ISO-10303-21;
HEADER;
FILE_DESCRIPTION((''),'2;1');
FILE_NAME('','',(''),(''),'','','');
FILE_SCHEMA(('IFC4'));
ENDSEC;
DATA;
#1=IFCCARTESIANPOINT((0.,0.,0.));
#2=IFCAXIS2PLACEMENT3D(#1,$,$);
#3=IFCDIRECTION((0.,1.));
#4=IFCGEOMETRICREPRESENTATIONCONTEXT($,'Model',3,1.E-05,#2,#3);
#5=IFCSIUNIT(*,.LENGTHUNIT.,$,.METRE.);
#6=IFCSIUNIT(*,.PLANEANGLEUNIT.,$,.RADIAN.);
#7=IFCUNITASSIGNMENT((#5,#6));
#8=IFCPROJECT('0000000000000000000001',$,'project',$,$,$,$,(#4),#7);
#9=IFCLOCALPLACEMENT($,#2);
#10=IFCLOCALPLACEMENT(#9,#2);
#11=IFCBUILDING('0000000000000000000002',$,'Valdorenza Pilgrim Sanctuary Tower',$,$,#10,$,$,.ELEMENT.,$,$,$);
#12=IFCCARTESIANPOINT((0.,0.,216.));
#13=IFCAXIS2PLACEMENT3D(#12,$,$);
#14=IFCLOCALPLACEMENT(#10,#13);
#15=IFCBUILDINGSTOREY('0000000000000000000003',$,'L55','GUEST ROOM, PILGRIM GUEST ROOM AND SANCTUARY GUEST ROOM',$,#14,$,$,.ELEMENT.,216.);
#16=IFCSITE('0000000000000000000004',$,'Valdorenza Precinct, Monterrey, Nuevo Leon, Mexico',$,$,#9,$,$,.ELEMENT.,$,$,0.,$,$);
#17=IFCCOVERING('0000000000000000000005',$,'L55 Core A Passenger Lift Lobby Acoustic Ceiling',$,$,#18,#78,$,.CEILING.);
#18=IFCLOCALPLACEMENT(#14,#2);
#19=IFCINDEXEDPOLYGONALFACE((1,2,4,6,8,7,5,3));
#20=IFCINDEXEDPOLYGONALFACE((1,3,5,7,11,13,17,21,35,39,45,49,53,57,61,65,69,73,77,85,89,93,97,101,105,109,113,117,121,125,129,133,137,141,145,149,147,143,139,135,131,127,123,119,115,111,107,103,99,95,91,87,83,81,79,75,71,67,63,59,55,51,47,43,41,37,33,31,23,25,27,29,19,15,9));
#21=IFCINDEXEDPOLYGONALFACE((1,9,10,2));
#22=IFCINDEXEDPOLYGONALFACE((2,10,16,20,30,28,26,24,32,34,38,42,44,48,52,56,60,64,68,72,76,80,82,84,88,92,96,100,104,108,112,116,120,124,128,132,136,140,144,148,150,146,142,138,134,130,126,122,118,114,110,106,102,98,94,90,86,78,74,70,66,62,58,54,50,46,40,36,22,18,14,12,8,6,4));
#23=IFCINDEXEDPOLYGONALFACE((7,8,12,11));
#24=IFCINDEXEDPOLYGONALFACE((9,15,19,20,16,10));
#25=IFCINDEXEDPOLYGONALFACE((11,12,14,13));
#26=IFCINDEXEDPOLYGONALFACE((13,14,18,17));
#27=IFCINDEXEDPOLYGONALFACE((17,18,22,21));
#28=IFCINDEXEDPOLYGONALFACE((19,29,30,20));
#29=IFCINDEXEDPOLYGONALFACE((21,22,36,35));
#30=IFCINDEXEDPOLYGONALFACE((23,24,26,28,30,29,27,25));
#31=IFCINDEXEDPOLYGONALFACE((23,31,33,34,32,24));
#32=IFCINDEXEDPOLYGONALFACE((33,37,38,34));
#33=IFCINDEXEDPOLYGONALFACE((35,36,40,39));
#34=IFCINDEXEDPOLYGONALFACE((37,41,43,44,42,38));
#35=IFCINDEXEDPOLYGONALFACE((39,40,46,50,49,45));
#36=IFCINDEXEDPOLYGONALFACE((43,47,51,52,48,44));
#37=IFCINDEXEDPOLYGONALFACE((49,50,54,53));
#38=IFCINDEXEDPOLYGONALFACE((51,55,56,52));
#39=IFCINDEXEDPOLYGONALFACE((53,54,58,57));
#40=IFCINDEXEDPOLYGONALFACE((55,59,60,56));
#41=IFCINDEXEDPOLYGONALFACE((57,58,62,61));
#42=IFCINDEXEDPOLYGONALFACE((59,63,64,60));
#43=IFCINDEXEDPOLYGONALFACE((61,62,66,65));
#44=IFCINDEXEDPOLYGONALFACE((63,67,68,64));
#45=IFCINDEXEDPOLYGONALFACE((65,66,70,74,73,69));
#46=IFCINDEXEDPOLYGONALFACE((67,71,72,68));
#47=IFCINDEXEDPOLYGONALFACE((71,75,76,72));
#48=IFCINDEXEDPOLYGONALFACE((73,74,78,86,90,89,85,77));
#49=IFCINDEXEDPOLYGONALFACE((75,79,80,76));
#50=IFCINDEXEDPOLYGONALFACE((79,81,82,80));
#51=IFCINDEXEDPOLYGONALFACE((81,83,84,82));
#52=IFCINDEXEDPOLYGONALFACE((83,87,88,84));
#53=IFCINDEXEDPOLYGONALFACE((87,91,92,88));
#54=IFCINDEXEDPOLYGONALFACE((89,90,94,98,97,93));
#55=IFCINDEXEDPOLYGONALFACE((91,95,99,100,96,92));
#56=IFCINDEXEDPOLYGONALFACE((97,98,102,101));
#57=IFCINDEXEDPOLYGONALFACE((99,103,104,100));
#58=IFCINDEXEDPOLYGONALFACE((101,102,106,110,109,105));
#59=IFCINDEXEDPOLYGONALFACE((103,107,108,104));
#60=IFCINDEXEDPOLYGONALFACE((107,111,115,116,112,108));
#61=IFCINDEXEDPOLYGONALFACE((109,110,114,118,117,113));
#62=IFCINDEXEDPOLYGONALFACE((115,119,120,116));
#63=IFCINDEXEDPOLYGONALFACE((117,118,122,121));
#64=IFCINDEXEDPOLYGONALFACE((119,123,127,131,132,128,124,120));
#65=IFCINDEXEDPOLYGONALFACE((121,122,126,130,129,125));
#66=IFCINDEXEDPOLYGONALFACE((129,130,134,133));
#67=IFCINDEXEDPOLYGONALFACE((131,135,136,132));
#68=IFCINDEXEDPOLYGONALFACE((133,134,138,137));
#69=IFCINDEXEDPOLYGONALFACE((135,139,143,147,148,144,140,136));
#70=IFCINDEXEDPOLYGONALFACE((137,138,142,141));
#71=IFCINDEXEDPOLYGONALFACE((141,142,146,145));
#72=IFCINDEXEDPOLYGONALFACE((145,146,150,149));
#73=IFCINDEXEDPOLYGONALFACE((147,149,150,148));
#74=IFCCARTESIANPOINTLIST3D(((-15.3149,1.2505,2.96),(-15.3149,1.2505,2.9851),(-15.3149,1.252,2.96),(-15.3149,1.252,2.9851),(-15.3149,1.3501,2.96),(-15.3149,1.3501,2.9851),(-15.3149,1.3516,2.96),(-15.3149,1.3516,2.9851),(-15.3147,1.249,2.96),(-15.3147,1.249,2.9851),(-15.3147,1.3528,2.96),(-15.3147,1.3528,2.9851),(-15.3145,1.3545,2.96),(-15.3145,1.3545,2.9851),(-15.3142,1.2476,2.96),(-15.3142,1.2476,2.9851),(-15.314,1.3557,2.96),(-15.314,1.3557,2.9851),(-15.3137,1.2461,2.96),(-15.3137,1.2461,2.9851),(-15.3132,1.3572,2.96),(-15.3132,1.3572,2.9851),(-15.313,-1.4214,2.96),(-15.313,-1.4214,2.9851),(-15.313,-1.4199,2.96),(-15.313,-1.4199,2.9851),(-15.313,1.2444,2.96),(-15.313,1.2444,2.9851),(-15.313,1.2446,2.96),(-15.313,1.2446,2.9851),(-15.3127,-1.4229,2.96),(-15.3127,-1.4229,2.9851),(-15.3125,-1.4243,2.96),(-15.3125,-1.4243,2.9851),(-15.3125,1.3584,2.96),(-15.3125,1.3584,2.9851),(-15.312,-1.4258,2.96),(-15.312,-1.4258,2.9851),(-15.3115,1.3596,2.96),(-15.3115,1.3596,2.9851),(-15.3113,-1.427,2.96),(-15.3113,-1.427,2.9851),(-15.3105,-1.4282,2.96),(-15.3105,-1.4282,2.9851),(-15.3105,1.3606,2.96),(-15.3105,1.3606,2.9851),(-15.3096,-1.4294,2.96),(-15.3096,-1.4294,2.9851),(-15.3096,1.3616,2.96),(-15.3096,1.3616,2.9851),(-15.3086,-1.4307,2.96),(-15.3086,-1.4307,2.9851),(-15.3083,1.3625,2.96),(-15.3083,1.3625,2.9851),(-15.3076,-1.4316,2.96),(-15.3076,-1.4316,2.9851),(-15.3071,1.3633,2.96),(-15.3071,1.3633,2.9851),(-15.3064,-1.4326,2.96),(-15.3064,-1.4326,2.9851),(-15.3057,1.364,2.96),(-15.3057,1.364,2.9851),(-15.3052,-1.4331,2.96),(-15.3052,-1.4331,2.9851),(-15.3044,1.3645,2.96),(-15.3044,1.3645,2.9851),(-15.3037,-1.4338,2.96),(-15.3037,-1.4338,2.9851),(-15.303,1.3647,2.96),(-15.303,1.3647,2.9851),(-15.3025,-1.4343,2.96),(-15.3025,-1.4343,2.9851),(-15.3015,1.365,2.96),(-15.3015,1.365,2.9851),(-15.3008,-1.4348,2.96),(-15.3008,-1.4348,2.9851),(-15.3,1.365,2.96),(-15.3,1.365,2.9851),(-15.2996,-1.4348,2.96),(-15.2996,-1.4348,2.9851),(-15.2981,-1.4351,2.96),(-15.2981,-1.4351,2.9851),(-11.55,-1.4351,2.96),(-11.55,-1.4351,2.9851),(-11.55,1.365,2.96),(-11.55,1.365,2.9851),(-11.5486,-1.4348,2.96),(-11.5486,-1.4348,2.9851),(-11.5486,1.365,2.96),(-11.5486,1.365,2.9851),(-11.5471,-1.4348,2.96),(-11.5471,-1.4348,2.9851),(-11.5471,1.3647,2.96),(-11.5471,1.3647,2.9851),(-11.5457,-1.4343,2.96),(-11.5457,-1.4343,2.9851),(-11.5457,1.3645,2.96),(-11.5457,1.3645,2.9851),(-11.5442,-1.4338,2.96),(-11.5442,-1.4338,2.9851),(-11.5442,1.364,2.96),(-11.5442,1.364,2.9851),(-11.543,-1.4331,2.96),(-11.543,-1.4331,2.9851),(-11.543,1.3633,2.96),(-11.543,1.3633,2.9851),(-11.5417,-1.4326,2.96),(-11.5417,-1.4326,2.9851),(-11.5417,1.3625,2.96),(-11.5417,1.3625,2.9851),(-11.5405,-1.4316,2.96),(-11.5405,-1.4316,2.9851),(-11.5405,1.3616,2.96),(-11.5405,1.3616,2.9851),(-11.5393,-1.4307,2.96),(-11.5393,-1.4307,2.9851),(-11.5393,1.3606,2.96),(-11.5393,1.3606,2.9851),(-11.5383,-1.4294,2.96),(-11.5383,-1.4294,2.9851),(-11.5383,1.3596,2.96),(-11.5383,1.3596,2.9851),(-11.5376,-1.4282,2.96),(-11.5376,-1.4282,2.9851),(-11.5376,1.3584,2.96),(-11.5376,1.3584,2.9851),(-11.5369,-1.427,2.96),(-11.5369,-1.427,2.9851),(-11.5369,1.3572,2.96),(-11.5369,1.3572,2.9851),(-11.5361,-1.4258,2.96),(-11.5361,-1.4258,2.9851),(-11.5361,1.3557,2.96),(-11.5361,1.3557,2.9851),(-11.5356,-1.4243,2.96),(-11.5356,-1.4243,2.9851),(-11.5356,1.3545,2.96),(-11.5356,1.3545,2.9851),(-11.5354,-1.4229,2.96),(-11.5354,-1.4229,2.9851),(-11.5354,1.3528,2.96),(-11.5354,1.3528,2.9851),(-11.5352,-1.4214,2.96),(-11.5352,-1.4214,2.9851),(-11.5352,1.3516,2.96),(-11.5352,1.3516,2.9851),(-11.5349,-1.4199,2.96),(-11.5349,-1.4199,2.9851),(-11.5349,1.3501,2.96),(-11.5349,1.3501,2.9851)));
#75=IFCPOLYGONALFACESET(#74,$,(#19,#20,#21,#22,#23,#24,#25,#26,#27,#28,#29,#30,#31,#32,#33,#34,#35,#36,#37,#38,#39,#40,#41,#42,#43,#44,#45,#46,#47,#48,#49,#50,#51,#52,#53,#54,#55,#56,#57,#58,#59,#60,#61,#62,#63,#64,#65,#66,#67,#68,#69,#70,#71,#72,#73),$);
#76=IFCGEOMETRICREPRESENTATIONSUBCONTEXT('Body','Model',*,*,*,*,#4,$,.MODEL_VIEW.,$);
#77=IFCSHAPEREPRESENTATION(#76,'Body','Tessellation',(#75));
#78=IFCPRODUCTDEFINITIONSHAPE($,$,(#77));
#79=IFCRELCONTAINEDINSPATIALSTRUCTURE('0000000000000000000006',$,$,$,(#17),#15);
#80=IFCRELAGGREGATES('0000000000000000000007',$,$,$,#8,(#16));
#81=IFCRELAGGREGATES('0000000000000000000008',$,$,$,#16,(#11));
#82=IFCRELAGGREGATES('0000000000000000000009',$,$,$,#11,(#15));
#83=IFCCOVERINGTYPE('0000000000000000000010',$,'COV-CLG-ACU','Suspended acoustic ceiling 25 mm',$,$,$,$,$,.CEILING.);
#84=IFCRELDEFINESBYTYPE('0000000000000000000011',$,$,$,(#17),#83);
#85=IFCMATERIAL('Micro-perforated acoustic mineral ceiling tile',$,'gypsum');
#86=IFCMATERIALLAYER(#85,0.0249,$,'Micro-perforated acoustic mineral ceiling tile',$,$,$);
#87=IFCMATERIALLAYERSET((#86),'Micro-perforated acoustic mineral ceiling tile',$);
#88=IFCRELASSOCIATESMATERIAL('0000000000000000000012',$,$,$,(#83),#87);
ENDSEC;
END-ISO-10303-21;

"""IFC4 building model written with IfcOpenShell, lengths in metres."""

from ifc_helpers import new_model, si_unit, direction, frame, origin, place, context, subcontext, project, spatial, polyline, outline, extrude, material, layer, layer_set, type_object, element, save


model = new_model("IFC4")

# Units and contexts
model_context = context("Model", 3, precision=1e-05, world=origin(), true_north=direction((0.0, 1.0)))
body_context = subcontext(model_context, "Body", "Model", "MODEL_VIEW")
ifc_project = project(units=[si_unit("LENGTHUNIT", "METRE"), si_unit("PLANEANGLEUNIT", "RADIAN")], contexts=[model_context])

# Site, building, storey
site_placement = place(None, origin())
site = spatial("IfcSite", under=ifc_project, at=site_placement, Name="Valdorenza Precinct, Monterrey, Nuevo Leon, Mexico", CompositionType="ELEMENT", RefElevation=0.0)
building_placement = place(site_placement, origin())
building = spatial("IfcBuilding", under=site, at=building_placement, Name="Valdorenza Pilgrim Sanctuary Tower", CompositionType="ELEMENT")
storey_placement = place(building_placement, frame((0.0, 0.0, 216.0)))
storey = spatial("IfcBuildingStorey", under=building, at=storey_placement, Name="L55", Description="GUEST ROOM, PILGRIM GUEST ROOM AND SANCTUARY GUEST ROOM", CompositionType="ELEMENT", Elevation=216.0)

# Covering
ifc_material_1 = material(Name="Micro-perforated acoustic mineral ceiling tile", Category="gypsum")
ifc_layer_1 = layer(ifc_material_1, 0.0249, Name="Micro-perforated acoustic mineral ceiling tile")
ifc_layer_set_1 = layer_set([ifc_layer_1], Name="Micro-perforated acoustic mineral ceiling tile")
covering_type_1 = type_object("IfcCoveringType", Name="COV-CLG-ACU", Description="Suspended acoustic ceiling 25 mm", PredefinedType="CEILING", material=ifc_layer_set_1)
covering_1_placement = place(storey_placement, frame((0.0, 0.0, 2.96)))
element("IfcCovering", 1, at=covering_1_placement, inside=storey, type_object=covering_type_1, Name="L55 Core A Passenger Lift Lobby Acoustic Ceiling", PredefinedType="CEILING", context=body_context, shape_type="SweptSolid", body=[
    extrude(outline(polyline([(-15.3149, 1.3501), (-15.3149, 1.3516), (-15.3147, 1.3528), (-15.3145, 1.3545), (-15.314, 1.3557), (-15.3132, 1.3572), (-15.3125, 1.3584), (-15.3115, 1.3596), (-15.3105, 1.3606), (-15.3096, 1.3616), (-15.3083, 1.3625), (-15.3071, 1.3633), (-15.3057, 1.364), (-15.3044, 1.3645), (-15.303, 1.3647), (-15.3015, 1.365), (-15.3, 1.365), (-11.55, 1.365), (-11.5486, 1.365), (-11.5471, 1.3647), (-11.5457, 1.3645), (-11.5442, 1.364), (-11.543, 1.3633), (-11.5417, 1.3625), (-11.5405, 1.3616), (-11.5393, 1.3606), (-11.5383, 1.3596), (-11.5376, 1.3584), (-11.5369, 1.3572), (-11.5361, 1.3557), (-11.5356, 1.3545), (-11.5354, 1.3528), (-11.5352, 1.3516), (-11.5349, 1.3501), (-11.5349, -1.4199), (-11.5352, -1.4214), (-11.5354, -1.4229), (-11.5356, -1.4243), (-11.5361, -1.4258), (-11.5369, -1.427), (-11.5376, -1.4282), (-11.5383, -1.4294), (-11.5393, -1.4307), (-11.5405, -1.4316), (-11.5417, -1.4326), (-11.543, -1.4331), (-11.5442, -1.4338), (-11.5457, -1.4343), (-11.5471, -1.4348), (-11.5486, -1.4348), (-11.55, -1.4351), (-15.2981, -1.4351), (-15.2996, -1.4348), (-15.3008, -1.4348), (-15.3025, -1.4343), (-15.3037, -1.4338), (-15.3052, -1.4331), (-15.3064, -1.4326), (-15.3076, -1.4316), (-15.3086, -1.4307), (-15.3096, -1.4294), (-15.3105, -1.4282), (-15.3113, -1.427), (-15.312, -1.4258), (-15.3125, -1.4243), (-15.3127, -1.4229), (-15.313, -1.4214), (-15.313, -1.4199), (-15.313, 1.2444), (-15.313, 1.2446), (-15.3137, 1.2461), (-15.3142, 1.2476), (-15.3147, 1.249), (-15.3149, 1.2505), (-15.3149, 1.252), (-15.3149, 1.3501)])), origin(), (0.0, 0.0, 1.0), 0.0251),
])

save(model, "model.ifc")
